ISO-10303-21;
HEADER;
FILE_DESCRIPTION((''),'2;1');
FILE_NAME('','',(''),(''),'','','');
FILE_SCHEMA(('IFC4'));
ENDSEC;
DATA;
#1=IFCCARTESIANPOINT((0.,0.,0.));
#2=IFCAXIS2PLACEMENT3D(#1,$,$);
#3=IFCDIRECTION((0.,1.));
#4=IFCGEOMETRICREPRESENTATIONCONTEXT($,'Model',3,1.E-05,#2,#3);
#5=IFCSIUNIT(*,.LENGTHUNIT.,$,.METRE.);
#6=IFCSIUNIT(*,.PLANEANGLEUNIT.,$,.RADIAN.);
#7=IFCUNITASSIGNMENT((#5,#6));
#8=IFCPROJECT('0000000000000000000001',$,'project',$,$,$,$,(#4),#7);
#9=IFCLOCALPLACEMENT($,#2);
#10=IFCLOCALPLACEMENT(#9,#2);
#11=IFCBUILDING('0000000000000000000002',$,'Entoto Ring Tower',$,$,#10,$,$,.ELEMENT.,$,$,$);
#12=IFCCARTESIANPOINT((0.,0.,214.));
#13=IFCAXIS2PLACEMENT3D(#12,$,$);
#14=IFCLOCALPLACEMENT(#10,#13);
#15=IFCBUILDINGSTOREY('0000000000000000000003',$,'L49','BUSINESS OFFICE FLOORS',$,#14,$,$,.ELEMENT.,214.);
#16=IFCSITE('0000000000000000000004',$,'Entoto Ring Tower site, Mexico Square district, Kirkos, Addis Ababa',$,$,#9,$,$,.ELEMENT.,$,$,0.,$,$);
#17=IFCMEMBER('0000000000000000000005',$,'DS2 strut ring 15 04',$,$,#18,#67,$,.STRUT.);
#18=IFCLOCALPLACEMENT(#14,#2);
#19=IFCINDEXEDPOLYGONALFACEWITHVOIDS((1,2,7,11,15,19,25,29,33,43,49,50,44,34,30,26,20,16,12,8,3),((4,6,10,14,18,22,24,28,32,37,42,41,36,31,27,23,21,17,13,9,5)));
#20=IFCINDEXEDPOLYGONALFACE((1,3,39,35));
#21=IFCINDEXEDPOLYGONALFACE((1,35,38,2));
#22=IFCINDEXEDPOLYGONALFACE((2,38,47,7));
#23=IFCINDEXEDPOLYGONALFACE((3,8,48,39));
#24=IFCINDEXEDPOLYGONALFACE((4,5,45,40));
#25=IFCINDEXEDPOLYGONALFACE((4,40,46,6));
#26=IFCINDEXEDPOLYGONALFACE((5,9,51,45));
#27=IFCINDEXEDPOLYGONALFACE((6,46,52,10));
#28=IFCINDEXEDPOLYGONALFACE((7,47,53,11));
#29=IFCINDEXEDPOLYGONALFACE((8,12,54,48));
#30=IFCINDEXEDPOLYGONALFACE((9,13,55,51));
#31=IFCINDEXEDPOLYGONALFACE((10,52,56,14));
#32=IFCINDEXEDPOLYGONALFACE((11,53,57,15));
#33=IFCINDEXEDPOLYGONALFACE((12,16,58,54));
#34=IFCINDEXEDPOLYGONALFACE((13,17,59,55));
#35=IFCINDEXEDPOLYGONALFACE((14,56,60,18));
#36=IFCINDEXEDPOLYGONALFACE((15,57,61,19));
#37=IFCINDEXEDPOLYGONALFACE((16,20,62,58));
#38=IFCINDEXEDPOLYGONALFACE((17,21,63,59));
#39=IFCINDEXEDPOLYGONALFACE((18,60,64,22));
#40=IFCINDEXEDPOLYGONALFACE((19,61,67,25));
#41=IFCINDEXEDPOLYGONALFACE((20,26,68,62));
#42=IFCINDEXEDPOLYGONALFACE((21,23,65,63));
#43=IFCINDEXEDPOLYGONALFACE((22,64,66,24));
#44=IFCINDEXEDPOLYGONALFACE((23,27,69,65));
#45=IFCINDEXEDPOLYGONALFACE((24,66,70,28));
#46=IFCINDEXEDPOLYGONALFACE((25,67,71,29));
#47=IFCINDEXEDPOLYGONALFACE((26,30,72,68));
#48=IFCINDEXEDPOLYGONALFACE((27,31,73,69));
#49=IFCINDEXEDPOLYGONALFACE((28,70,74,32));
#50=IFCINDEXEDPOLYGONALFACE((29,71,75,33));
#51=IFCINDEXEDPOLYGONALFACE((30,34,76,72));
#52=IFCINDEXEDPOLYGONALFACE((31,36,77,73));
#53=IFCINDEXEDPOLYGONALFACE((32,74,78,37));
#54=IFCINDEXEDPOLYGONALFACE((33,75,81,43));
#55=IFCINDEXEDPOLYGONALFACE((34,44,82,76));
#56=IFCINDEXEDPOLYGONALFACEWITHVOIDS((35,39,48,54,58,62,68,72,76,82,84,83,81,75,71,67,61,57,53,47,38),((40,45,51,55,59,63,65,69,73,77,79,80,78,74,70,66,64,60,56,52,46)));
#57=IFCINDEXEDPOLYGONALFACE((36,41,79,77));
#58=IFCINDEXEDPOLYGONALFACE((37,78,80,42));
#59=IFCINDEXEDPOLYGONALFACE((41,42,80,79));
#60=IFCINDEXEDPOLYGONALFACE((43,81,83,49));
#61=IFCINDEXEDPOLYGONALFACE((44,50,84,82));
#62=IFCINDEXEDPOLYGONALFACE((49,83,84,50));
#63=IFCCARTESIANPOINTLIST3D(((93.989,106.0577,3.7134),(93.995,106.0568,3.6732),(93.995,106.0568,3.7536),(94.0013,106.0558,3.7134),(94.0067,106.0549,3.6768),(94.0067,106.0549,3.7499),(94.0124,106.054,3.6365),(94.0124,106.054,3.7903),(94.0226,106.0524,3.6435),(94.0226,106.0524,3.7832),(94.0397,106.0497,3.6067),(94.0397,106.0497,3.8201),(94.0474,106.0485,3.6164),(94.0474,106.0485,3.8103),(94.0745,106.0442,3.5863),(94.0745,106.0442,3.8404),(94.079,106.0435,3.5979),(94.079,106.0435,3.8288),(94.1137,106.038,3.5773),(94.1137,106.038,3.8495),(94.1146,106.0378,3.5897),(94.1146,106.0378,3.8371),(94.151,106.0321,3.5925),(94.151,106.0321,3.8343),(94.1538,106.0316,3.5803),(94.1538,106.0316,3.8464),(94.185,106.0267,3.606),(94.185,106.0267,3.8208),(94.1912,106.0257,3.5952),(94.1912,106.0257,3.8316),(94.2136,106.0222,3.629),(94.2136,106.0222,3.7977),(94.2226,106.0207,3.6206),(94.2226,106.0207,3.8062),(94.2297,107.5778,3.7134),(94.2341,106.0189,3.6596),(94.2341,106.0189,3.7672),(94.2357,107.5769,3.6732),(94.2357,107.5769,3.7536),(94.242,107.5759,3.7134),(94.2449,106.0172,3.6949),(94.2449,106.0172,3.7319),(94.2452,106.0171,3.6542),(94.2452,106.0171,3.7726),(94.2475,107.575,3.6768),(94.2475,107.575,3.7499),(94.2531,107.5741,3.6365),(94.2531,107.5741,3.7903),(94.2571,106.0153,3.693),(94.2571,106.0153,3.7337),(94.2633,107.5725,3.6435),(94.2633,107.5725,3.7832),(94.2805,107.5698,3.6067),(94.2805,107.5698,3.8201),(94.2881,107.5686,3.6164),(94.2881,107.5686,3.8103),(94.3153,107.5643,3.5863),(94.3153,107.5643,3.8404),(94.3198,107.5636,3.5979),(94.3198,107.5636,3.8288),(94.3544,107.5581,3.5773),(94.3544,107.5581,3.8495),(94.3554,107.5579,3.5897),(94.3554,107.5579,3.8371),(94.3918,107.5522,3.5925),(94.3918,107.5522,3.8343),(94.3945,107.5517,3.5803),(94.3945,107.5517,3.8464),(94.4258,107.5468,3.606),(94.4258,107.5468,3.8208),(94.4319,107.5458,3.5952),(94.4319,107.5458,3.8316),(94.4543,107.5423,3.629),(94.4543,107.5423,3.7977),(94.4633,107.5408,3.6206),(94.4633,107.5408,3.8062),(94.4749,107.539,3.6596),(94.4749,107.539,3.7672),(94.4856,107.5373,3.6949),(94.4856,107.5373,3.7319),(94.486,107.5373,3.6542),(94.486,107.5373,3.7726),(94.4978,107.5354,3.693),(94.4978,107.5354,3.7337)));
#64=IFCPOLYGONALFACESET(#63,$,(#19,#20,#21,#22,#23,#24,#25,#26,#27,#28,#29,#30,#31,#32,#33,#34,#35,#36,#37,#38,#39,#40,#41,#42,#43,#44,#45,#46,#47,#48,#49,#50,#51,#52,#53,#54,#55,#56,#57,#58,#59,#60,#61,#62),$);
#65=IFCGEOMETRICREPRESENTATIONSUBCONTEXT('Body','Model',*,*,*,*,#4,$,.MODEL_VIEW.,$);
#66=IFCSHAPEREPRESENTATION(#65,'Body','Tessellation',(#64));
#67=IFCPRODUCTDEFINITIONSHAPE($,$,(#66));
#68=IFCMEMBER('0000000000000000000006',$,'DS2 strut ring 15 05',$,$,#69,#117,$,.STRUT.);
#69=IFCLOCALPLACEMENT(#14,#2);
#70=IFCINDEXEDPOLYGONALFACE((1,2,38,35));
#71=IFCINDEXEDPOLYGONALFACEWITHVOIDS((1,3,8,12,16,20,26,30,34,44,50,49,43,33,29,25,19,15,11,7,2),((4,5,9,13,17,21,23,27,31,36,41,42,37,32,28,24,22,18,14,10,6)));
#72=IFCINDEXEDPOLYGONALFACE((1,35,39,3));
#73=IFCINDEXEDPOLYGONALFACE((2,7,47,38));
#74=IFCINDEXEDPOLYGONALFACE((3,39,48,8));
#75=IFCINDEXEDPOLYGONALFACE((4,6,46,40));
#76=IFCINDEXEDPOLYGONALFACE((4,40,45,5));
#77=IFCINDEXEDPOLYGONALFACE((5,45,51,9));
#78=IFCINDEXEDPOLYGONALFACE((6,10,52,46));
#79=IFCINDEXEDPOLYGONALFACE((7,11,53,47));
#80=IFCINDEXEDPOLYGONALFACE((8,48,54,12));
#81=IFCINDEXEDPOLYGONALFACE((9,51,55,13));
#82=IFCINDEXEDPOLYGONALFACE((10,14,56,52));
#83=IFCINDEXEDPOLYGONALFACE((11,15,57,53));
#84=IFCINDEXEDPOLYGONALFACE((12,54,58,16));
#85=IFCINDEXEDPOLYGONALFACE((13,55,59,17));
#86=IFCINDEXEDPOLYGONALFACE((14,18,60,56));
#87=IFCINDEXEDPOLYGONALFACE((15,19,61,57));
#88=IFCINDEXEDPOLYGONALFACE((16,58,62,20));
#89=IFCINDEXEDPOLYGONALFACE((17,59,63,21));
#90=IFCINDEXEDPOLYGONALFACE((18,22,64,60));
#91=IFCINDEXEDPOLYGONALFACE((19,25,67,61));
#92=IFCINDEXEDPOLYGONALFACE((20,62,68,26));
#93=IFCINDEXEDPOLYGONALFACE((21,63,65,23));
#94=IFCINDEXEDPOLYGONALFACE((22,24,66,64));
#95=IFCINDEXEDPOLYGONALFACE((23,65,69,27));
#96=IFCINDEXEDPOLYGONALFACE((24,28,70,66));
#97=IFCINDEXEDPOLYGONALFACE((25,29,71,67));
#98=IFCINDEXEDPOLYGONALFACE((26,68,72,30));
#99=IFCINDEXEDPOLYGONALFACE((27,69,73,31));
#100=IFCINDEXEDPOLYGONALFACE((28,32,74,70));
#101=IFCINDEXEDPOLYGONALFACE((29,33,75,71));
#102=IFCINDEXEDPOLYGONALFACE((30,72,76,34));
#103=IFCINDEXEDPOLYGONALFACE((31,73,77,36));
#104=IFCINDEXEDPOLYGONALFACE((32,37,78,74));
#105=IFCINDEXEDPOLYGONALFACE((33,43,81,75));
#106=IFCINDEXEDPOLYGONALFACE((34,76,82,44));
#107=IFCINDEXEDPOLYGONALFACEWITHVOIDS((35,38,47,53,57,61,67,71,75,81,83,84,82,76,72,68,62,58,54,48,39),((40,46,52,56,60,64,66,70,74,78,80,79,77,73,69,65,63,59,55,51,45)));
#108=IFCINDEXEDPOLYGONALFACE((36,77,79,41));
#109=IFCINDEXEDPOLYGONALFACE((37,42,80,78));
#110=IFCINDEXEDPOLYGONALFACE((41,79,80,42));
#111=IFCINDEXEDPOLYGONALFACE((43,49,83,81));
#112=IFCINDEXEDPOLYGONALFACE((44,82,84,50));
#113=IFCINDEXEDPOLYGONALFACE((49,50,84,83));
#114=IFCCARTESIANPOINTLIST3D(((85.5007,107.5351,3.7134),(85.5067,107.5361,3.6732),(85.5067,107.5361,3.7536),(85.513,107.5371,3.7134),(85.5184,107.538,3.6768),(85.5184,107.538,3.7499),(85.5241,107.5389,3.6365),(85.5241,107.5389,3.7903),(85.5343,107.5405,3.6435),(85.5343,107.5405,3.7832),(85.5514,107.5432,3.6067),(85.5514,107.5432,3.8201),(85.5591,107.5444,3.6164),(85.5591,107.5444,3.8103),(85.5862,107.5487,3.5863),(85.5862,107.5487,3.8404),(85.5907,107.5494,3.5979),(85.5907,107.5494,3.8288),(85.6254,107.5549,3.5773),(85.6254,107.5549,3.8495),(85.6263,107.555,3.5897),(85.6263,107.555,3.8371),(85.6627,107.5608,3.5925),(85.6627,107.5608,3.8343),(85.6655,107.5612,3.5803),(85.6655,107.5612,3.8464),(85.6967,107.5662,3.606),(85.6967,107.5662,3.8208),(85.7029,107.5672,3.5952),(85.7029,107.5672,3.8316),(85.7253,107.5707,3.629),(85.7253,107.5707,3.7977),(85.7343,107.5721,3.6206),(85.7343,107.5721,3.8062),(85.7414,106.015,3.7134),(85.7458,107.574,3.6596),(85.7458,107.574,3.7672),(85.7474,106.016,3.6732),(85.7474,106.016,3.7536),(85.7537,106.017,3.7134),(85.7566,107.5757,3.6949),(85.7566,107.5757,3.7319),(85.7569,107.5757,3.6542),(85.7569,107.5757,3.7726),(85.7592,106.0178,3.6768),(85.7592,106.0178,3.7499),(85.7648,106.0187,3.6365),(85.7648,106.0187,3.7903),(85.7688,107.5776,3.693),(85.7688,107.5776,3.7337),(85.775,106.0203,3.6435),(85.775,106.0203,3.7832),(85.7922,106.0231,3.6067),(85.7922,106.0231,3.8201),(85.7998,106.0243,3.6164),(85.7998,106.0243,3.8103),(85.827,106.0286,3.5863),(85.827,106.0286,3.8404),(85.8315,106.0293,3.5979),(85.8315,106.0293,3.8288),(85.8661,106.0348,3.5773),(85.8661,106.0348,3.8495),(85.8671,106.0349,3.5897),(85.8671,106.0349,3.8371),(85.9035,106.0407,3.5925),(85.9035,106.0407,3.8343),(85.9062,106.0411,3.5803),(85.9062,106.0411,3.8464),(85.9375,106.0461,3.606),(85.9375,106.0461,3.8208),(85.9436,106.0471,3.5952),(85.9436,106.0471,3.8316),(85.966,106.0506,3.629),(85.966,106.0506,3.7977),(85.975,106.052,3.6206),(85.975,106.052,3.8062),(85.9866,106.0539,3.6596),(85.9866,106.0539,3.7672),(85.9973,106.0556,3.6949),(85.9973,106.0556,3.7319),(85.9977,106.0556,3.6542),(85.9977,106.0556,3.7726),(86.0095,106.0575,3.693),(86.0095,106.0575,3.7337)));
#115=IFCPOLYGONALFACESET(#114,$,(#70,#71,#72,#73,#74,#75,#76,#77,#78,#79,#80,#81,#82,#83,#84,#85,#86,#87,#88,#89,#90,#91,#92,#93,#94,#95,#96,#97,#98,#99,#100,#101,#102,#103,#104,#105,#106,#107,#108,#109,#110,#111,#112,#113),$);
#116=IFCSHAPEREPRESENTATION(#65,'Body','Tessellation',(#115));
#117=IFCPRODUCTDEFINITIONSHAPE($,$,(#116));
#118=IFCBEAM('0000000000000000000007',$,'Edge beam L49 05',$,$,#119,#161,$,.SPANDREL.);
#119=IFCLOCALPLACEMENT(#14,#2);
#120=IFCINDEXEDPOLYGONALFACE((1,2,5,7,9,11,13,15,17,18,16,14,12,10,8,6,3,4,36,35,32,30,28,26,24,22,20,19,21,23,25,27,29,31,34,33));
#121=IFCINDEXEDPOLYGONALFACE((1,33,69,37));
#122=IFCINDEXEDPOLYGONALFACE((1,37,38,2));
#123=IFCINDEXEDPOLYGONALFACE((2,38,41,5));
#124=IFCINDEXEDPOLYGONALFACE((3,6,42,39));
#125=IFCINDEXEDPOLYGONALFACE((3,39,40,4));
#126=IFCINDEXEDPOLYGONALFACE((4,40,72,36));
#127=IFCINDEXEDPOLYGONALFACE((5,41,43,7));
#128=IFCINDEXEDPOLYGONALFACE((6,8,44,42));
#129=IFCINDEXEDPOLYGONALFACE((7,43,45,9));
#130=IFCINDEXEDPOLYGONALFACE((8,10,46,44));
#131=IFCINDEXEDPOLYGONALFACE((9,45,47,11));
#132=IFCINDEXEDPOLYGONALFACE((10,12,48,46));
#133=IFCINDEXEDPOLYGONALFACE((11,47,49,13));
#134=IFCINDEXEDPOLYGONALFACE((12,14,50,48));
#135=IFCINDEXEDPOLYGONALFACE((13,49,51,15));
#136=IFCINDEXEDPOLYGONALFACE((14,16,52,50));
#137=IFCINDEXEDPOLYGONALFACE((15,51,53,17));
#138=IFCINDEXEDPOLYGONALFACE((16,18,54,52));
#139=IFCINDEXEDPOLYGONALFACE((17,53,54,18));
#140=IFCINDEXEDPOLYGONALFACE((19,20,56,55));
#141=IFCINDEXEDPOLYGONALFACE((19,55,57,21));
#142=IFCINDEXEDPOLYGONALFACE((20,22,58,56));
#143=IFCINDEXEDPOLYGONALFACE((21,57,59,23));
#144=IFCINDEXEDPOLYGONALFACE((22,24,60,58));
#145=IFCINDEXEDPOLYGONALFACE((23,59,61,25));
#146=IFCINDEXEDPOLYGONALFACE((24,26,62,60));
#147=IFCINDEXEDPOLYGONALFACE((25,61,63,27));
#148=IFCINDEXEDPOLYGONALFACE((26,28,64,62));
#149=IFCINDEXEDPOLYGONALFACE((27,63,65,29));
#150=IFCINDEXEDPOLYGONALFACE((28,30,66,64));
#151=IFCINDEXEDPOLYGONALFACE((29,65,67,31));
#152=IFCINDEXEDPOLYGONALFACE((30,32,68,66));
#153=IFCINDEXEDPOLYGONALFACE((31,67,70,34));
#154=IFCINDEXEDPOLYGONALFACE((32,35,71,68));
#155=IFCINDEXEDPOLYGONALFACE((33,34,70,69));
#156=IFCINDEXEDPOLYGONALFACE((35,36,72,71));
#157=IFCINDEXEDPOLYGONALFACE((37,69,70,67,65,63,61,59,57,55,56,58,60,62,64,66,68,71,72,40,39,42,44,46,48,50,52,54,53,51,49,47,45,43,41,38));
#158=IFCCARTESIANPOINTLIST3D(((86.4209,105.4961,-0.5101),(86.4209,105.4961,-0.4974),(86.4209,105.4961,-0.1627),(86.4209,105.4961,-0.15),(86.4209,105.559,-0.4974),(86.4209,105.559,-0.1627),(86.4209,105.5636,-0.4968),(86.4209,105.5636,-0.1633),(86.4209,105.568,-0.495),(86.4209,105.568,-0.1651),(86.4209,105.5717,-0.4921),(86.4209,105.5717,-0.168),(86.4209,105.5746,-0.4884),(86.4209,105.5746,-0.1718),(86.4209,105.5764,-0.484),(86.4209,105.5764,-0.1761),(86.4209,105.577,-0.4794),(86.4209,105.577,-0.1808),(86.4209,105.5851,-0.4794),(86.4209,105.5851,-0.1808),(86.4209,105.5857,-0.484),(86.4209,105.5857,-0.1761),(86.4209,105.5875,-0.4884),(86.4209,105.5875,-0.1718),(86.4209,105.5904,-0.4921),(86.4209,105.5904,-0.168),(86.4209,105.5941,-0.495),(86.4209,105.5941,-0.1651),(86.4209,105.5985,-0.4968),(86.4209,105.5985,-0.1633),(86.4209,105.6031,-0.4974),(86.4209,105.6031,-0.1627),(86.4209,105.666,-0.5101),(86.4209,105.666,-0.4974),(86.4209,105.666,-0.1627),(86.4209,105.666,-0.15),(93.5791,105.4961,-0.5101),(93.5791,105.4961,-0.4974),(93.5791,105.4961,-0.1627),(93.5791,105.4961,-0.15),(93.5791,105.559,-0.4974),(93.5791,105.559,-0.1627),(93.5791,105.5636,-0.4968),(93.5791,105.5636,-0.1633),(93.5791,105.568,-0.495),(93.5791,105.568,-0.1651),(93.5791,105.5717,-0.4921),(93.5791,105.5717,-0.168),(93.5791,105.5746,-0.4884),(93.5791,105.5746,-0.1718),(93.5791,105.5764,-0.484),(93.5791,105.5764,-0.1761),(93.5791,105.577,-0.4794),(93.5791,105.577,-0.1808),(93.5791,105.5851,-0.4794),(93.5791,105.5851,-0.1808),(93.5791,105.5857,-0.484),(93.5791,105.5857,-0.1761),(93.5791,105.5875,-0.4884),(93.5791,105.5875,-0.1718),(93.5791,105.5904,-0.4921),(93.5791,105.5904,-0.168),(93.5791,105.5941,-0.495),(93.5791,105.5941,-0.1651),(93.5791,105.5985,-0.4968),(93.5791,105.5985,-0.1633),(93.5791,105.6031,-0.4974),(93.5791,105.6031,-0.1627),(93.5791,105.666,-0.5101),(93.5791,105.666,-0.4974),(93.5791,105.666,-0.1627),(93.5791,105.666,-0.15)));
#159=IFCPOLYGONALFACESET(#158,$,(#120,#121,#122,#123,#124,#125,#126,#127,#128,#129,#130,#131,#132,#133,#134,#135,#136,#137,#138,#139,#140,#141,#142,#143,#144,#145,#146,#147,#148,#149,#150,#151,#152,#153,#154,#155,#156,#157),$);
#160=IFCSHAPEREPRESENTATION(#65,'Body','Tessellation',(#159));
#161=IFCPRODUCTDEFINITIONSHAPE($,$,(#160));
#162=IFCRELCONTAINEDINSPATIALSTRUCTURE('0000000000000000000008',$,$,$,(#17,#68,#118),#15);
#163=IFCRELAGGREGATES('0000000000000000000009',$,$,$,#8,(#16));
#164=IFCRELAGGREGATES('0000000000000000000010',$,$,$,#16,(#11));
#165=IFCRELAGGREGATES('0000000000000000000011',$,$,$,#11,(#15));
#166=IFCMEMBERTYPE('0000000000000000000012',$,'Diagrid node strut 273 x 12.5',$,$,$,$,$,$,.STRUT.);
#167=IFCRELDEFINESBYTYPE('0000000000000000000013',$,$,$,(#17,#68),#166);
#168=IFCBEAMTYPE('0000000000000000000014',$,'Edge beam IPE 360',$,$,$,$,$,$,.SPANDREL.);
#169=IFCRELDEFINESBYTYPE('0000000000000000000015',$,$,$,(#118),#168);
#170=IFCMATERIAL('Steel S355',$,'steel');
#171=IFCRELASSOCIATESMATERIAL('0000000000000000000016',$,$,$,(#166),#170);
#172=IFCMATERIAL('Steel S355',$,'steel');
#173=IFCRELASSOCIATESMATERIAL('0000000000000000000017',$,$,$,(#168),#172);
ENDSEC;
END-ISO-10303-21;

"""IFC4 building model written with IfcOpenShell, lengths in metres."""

from ifc_helpers import new_model, si_unit, direction, frame, origin, origin_2d, place, context, subcontext, project, spatial, circle, hollow_circle, i_section, extrude, material, material_profile, profile_set, type_object, element, save


model = new_model("IFC4")

# Units and contexts
model_context = context("Model", 3, precision=1e-05, world=origin(), true_north=direction((0.0, 1.0)))
body_context = subcontext(model_context, "Body", "Model", "MODEL_VIEW")
ifc_project = project(units=[si_unit("LENGTHUNIT", "METRE"), si_unit("PLANEANGLEUNIT", "RADIAN")], contexts=[model_context])

# Site, building, storey
site_placement = place(None, origin())
site = spatial("IfcSite", under=ifc_project, at=site_placement, Name="Entoto Ring Tower site, Mexico Square district, Kirkos, Addis Ababa", CompositionType="ELEMENT", RefElevation=0.0)
building_placement = place(site_placement, origin())
building = spatial("IfcBuilding", under=site, at=building_placement, Name="Entoto Ring Tower", CompositionType="ELEMENT")
storey_placement = place(building_placement, frame((0.0, 0.0, 214.0)))
storey = spatial("IfcBuildingStorey", under=building, at=storey_placement, Name="L49", Description="BUSINESS OFFICE FLOORS", CompositionType="ELEMENT", Elevation=214.0)

# Members
ifc_material_1 = material(Name="Steel S355", Category="steel")
ifc_material_profile_1 = material_profile(ifc_material_1, hollow_circle(Radius=0.1365, WallThickness=0.0125, at=origin_2d()), Name="CHS 273 x 12.5")
ifc_material_2 = material(Name="Concrete C60/75", Category="concrete")
ifc_material_profile_2 = material_profile(ifc_material_2, circle(Radius=0.124, at=origin_2d()), Name="Concrete C60/75 infill")
ifc_profile_set_1 = profile_set([ifc_material_profile_1, ifc_material_profile_2], Name="Steel S355")
member_type = type_object("IfcMemberType", Name="Diagrid node strut 273 x 12.5", PredefinedType="STRUT", material=ifc_profile_set_1)
for number, where, z_axis, x_axis, name in (
    (1, (94.1238, 106.0364, 3.7134), (0.156419, 0.987691, 0.0), (-0.987691, 0.156419, 0.0), "DS2 strut ring 15 04"),
    (2, (85.8762, 106.0364, 3.7134), (-0.156419, 0.987691, 0.0), (-0.987691, -0.156419, 0.0), "DS2 strut ring 15 05"),
):
    element("IfcMember", number, at=place(storey_placement, frame(where, z_axis=z_axis, x_axis=x_axis)), inside=storey, type_object=member_type, Name=name, PredefinedType="STRUT", context=body_context, shape_type="SweptSolid", body=[
        extrude(hollow_circle(Radius=0.1365, WallThickness=0.0125, at=origin_2d()), origin(), (0.0, 0.0, 1.0), 1.5391),
    ])

# Beam
ifc_material_3 = material(Name="Steel S355", Category="steel")
ifc_material_profile_3 = material_profile(ifc_material_3, i_section(OverallWidth=0.1699, OverallDepth=0.3601, WebThickness=0.0081, FlangeThickness=0.0127, FilletRadius=0.0181, at=origin_2d()), Name="IPE 360")
ifc_profile_set_2 = profile_set([ifc_material_profile_3], Name="Steel S355")
beam_type_1 = type_object("IfcBeamType", Name="Edge beam IPE 360", PredefinedType="SPANDREL", material=ifc_profile_set_2)
beam_1_placement = place(storey_placement, frame((93.5791, 105.5811, -0.3301), z_axis=(-1.0, 0.0, 0.0), x_axis=(0.0, -1.0, 0.0)))
element("IfcBeam", 3, at=beam_1_placement, inside=storey, type_object=beam_type_1, Name="Edge beam L49 05", PredefinedType="SPANDREL", context=body_context, shape_type="SweptSolid", body=[
    extrude(i_section(OverallWidth=0.1699, OverallDepth=0.3601, WebThickness=0.0081, FlangeThickness=0.0127, FilletRadius=0.0181, at=origin_2d()), origin(), (0.0, 0.0, 1.0), 7.1582),
])

save(model, "model.ifc")
